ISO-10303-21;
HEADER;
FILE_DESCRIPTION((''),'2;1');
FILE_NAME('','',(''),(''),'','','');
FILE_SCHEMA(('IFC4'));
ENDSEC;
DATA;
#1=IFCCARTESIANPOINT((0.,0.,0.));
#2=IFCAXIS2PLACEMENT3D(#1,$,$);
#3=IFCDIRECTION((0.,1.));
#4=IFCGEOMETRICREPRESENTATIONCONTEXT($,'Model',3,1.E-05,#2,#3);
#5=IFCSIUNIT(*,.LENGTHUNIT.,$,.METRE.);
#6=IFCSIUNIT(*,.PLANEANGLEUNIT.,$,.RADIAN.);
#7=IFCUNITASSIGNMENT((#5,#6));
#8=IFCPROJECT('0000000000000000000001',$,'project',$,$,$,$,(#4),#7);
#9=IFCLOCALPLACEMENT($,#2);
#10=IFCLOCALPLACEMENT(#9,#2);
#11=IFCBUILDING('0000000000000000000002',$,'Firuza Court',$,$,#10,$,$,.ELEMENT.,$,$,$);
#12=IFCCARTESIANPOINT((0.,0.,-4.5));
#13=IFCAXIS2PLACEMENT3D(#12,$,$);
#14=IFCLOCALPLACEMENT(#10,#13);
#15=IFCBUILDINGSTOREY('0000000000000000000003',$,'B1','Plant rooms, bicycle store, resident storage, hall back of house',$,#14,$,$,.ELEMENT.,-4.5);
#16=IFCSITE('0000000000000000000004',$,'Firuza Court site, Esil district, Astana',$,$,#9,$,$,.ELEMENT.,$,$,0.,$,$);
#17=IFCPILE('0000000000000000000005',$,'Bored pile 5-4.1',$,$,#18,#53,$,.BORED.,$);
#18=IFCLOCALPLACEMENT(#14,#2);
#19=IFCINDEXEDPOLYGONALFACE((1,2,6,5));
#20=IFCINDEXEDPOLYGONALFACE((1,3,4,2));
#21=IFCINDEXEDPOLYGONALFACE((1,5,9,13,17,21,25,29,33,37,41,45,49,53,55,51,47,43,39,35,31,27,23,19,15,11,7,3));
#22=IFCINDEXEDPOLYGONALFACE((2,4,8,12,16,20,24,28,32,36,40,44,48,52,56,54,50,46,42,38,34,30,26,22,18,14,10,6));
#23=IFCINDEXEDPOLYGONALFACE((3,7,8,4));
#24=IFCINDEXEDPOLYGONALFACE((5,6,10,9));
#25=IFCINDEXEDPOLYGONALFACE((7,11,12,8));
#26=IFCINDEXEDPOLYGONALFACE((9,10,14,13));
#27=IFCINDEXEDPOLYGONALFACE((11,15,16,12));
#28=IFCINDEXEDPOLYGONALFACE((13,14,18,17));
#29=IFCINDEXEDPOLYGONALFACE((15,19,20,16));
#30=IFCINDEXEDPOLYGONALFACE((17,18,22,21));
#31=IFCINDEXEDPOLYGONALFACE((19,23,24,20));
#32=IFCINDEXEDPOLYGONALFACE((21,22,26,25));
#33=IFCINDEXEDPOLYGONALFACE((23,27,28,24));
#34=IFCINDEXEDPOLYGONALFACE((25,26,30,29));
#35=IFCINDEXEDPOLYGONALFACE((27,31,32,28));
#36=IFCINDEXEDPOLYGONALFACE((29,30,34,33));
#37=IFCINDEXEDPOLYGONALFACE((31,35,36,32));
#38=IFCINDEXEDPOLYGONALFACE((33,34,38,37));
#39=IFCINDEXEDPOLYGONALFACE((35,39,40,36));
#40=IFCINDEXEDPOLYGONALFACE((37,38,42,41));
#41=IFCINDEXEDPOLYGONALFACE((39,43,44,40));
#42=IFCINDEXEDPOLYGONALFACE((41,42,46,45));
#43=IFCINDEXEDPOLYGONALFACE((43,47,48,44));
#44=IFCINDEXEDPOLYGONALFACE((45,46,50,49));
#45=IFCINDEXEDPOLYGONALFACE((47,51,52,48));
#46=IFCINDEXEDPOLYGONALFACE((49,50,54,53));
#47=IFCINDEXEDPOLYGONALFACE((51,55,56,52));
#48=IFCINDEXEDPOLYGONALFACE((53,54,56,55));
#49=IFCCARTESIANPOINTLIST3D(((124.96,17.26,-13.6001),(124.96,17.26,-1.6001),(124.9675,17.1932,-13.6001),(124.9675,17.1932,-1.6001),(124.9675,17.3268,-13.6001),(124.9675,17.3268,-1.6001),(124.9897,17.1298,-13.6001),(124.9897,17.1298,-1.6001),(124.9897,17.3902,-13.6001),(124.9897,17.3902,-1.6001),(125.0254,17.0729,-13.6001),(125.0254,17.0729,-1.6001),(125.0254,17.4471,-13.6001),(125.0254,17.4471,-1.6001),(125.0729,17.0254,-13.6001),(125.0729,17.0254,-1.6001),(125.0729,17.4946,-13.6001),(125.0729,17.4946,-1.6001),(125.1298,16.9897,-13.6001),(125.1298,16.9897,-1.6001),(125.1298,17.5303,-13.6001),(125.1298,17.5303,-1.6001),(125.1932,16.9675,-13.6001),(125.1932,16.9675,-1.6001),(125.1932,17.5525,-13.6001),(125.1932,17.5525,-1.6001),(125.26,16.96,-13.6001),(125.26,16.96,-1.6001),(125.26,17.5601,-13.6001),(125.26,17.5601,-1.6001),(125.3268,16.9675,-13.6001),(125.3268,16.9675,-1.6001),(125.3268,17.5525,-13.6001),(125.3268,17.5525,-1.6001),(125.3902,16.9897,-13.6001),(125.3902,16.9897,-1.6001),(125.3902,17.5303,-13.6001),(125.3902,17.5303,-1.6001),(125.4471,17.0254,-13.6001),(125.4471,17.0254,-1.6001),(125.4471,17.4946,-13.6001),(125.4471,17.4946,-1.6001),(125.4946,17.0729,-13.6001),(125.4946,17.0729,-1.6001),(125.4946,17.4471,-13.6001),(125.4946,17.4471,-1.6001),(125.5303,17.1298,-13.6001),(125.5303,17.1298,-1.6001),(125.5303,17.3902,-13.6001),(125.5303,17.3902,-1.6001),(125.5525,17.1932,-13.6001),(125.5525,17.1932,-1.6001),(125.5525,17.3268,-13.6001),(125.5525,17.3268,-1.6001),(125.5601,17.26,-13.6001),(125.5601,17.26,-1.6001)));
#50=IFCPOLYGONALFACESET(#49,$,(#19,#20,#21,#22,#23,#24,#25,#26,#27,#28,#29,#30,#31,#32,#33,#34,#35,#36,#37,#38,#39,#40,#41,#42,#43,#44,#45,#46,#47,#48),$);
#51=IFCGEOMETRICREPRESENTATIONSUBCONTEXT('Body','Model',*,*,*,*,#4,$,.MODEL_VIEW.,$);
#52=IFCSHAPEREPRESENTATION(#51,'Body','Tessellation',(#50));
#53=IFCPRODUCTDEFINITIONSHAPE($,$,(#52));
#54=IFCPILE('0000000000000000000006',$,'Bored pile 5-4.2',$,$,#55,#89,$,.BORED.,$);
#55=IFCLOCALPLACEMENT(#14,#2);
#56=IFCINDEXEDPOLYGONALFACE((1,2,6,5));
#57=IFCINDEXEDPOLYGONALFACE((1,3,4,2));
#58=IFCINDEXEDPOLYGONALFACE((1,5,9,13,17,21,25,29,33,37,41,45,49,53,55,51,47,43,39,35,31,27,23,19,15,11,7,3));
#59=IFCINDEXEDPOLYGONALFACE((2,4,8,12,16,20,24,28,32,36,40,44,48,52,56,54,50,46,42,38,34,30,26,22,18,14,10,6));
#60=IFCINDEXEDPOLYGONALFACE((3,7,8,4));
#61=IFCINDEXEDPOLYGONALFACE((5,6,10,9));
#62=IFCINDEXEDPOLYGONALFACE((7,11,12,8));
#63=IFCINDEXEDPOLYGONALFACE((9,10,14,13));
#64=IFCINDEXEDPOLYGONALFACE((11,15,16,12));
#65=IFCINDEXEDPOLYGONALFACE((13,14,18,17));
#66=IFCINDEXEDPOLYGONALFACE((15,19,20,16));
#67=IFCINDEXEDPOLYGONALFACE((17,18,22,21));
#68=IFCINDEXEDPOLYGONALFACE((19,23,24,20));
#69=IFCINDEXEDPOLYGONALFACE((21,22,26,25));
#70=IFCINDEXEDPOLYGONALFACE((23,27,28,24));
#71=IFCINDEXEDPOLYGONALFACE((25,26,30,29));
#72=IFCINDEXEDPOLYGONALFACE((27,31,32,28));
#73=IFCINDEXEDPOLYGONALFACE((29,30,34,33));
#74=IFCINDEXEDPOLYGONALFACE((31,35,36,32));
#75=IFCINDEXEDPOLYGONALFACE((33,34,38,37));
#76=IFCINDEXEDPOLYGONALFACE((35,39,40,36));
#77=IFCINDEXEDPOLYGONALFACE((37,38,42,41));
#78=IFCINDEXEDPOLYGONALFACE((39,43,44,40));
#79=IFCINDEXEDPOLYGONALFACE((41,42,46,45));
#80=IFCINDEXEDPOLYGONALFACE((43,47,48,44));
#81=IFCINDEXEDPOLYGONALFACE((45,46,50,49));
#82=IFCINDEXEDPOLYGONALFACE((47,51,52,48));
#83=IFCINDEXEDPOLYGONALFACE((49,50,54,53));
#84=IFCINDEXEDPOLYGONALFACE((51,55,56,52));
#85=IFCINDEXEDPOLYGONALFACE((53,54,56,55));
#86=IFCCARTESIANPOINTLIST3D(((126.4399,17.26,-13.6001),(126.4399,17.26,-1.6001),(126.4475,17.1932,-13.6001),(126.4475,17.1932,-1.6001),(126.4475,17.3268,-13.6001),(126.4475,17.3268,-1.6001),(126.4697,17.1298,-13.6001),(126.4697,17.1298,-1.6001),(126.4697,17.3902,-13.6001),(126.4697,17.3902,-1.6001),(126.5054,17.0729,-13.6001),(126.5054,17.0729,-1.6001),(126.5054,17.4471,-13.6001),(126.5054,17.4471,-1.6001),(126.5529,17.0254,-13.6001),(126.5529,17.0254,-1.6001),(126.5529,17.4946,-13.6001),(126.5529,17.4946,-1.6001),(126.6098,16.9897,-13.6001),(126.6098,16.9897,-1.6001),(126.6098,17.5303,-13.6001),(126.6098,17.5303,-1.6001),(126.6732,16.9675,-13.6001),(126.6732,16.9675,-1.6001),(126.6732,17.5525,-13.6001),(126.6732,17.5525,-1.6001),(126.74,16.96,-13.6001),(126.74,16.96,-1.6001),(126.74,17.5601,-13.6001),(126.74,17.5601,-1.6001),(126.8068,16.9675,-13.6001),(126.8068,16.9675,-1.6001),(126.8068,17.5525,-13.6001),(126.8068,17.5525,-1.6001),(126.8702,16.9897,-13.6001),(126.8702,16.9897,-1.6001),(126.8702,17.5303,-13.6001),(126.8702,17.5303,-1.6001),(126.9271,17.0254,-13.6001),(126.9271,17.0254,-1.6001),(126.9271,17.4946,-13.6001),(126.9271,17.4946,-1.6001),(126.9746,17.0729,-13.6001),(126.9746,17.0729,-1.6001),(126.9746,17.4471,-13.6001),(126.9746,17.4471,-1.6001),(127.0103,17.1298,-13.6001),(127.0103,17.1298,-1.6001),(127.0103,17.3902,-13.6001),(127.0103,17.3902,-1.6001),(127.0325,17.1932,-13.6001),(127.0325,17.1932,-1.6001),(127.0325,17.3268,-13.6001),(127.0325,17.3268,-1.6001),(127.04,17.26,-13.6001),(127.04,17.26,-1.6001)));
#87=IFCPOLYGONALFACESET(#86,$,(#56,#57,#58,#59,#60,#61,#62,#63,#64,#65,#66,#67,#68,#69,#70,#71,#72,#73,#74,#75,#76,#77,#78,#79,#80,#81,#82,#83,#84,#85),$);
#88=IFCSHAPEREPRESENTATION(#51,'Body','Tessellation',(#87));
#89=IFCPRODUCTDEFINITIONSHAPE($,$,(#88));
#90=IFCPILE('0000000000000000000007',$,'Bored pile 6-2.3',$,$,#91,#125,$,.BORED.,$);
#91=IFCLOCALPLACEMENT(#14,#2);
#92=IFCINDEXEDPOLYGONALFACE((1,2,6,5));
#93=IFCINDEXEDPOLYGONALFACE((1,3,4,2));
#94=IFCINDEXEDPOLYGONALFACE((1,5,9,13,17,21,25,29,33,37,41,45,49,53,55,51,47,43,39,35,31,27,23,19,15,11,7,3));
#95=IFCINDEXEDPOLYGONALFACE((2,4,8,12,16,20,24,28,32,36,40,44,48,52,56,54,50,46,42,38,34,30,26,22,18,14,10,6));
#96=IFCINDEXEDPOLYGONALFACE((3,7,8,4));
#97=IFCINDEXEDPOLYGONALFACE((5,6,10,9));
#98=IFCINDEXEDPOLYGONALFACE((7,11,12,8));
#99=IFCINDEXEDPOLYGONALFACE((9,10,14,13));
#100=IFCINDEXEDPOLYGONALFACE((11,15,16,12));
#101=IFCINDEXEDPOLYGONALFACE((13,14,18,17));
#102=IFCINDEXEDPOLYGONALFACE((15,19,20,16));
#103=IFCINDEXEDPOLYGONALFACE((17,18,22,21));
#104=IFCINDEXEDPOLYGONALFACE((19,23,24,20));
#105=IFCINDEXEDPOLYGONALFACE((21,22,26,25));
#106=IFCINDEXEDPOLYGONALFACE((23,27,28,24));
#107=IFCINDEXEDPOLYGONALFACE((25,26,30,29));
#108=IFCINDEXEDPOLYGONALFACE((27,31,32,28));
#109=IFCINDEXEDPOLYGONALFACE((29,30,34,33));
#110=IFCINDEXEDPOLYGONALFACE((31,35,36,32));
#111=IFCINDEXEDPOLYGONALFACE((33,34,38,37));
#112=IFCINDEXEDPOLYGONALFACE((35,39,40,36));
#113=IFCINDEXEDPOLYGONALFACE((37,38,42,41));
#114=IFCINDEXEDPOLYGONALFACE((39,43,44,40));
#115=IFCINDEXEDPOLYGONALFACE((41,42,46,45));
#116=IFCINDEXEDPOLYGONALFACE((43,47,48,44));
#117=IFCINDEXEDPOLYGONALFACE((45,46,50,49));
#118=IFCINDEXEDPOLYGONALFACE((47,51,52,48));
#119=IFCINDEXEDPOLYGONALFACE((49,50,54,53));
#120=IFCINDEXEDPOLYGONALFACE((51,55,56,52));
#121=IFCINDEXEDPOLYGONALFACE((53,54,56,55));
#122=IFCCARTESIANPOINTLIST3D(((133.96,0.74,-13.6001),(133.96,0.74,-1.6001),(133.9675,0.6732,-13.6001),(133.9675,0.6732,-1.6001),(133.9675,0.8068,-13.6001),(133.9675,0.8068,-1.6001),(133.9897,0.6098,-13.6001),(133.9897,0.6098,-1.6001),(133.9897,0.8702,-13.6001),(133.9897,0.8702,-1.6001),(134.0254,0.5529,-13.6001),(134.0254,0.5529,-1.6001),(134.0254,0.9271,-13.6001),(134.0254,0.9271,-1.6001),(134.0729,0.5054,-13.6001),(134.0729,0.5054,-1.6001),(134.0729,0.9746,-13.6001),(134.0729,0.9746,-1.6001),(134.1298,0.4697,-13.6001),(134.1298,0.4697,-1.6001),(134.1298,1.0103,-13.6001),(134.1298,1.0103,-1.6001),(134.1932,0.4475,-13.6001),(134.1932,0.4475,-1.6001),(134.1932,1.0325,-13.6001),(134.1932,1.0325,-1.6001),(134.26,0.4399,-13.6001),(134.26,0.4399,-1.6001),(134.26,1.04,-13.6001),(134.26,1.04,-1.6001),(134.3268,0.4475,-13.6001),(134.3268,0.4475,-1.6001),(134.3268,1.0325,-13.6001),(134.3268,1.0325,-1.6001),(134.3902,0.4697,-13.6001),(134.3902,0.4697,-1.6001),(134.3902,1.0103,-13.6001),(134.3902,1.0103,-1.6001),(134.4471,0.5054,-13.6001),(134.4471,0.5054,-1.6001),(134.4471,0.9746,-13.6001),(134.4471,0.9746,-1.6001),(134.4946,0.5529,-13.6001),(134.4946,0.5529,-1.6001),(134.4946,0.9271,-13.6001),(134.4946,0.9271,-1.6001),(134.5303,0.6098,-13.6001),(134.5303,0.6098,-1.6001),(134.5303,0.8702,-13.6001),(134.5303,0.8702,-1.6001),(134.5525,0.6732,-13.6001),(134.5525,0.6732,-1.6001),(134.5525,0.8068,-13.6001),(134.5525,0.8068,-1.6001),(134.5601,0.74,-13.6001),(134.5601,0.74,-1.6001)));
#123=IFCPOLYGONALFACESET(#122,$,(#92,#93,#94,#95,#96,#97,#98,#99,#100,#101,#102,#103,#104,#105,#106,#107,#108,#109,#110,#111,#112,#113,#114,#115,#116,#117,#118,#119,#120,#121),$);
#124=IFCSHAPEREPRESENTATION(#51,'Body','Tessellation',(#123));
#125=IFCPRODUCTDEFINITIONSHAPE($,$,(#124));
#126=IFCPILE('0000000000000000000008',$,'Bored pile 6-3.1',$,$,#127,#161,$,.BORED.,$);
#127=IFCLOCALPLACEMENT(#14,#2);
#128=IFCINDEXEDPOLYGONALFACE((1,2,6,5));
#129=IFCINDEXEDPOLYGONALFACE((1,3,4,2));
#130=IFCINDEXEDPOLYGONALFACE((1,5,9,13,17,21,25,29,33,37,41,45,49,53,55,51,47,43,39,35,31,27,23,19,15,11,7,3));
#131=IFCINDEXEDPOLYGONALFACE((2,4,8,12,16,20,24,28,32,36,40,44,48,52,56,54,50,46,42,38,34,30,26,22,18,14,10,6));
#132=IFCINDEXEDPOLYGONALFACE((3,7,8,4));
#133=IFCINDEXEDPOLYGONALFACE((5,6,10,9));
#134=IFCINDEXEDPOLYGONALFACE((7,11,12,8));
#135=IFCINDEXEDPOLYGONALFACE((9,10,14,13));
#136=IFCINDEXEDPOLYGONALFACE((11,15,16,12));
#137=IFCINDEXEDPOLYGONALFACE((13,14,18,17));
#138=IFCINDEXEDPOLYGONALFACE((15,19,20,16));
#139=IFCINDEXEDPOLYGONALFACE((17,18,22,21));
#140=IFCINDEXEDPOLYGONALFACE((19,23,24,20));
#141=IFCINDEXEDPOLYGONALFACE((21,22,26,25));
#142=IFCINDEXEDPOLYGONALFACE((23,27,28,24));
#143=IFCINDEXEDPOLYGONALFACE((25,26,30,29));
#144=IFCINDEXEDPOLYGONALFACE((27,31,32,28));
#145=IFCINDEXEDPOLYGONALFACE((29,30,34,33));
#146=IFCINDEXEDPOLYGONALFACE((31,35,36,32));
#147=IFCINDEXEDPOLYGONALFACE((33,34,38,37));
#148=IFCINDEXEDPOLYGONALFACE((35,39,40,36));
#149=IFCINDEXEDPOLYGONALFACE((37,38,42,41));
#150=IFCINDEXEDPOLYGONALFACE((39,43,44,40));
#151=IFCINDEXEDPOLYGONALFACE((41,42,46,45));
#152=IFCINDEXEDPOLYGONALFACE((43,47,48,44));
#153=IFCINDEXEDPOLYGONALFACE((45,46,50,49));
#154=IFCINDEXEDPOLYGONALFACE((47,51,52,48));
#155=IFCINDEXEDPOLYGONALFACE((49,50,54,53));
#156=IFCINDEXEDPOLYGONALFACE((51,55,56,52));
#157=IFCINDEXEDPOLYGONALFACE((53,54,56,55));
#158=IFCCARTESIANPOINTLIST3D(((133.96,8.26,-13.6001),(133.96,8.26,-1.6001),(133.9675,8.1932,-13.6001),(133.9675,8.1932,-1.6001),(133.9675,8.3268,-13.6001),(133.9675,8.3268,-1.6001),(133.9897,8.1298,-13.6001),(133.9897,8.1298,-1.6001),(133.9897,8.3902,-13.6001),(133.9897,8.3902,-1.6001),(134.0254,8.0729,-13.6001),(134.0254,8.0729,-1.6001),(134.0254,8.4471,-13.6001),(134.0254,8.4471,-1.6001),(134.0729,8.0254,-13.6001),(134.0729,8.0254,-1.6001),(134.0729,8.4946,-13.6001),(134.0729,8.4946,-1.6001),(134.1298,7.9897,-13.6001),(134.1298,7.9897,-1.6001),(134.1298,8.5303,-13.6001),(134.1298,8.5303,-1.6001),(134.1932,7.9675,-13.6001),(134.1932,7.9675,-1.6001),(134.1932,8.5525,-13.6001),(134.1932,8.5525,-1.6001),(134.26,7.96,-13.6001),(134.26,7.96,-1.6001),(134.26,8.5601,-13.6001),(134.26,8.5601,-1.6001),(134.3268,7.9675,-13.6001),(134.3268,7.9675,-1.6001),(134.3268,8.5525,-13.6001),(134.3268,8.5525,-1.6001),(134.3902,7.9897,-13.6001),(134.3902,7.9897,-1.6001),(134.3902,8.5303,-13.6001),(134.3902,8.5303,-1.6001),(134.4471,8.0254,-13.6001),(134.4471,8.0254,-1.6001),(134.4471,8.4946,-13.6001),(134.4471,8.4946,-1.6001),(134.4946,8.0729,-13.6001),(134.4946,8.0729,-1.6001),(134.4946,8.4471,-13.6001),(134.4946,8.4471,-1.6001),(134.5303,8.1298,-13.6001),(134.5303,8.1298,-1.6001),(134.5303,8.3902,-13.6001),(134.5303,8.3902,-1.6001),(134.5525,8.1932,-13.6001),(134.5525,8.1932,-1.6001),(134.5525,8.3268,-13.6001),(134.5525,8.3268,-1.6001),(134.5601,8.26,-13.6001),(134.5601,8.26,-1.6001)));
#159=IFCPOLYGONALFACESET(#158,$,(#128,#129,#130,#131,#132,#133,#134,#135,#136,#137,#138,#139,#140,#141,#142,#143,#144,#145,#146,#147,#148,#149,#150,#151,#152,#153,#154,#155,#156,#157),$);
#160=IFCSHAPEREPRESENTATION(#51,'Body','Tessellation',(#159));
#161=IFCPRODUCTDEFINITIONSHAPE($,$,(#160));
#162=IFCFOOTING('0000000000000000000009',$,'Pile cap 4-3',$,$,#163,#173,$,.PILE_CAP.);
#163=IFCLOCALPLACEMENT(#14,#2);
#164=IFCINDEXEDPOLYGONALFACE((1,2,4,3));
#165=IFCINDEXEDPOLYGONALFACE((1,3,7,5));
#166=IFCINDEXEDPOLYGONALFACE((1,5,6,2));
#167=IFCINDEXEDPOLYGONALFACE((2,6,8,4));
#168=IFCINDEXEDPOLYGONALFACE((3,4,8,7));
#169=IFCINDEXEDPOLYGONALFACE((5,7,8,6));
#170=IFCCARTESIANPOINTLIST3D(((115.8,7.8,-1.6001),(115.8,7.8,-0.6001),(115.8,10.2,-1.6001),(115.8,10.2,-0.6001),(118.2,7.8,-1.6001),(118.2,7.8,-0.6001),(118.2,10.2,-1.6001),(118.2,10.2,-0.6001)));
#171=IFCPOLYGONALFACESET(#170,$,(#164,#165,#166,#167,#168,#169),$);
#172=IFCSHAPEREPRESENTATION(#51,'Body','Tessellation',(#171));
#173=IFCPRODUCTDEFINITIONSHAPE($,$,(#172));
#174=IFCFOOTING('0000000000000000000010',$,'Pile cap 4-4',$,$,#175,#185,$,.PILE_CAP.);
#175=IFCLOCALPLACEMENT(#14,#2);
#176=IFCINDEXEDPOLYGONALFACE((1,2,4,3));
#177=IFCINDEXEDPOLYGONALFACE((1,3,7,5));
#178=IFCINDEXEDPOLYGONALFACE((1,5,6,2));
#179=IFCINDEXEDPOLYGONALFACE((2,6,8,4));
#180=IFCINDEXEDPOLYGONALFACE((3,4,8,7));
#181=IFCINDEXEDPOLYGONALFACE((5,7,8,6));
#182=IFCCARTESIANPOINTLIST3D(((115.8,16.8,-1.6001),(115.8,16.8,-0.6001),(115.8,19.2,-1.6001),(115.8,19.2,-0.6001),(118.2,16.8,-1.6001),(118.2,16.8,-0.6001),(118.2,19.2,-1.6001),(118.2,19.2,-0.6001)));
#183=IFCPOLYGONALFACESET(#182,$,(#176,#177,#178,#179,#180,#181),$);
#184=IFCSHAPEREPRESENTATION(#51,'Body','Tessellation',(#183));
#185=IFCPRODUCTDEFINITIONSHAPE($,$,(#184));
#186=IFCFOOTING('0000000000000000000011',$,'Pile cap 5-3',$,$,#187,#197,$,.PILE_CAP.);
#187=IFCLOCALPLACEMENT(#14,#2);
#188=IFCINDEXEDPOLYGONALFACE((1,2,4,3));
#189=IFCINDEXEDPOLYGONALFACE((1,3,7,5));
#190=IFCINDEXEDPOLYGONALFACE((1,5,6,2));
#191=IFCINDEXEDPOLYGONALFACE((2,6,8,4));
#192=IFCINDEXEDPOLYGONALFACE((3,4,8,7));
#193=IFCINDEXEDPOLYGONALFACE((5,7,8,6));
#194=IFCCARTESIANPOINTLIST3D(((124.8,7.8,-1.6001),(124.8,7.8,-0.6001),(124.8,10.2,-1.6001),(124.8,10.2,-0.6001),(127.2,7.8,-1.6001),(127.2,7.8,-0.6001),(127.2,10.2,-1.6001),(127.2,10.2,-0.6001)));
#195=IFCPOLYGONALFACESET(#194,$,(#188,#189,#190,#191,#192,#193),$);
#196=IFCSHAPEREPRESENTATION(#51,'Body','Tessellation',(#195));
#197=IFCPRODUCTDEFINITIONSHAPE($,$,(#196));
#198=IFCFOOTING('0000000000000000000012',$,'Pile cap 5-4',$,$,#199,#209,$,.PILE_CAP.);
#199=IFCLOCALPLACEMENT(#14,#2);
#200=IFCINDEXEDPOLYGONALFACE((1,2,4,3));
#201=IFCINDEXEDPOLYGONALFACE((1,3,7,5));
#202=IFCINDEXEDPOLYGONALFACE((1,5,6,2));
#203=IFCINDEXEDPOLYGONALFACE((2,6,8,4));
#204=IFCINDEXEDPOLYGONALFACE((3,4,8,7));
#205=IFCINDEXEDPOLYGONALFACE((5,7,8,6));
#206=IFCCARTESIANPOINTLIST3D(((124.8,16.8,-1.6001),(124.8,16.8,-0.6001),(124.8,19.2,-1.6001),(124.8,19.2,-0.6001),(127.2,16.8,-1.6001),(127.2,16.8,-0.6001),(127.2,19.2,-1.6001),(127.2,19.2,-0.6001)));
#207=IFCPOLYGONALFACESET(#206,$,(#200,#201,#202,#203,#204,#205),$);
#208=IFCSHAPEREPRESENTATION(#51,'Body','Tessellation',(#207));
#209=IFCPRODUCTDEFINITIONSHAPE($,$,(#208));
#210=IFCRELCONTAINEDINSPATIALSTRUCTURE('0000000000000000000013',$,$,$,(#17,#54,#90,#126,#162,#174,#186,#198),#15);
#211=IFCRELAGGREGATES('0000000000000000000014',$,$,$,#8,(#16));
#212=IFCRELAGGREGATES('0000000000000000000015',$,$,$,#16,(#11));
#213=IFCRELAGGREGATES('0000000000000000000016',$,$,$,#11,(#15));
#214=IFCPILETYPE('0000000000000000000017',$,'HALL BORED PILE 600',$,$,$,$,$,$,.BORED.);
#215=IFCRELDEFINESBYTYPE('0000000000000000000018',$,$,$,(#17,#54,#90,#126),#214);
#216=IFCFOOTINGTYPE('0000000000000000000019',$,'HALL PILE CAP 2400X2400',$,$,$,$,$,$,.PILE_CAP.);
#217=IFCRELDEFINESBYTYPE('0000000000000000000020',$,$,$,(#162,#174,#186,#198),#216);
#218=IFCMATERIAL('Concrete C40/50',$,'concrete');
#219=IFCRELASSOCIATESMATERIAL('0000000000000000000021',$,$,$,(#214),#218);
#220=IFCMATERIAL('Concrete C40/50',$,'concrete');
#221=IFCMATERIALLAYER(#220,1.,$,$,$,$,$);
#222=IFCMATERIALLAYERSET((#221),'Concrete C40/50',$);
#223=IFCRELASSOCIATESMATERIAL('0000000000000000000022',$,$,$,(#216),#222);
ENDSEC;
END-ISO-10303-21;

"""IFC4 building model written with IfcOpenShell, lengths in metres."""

from ifc_helpers import new_model, si_unit, direction, frame, origin, origin_2d, place, context, subcontext, project, spatial, rectangle, circle, extrude, material, layer, layer_set, material_profile, profile_set, type_object, element, save


model = new_model("IFC4")

# Units and contexts
model_context = context("Model", 3, precision=1e-05, world=origin(), true_north=direction((0.0, 1.0)))
body_context = subcontext(model_context, "Body", "Model", "MODEL_VIEW")
ifc_project = project(units=[si_unit("LENGTHUNIT", "METRE"), si_unit("PLANEANGLEUNIT", "RADIAN")], contexts=[model_context])

# Site, building, storey
site_placement = place(None, origin())
site = spatial("IfcSite", under=ifc_project, at=site_placement, Name="Firuza Court site, Esil district, Astana", CompositionType="ELEMENT", RefElevation=0.0)
building_placement = place(site_placement, origin())
building = spatial("IfcBuilding", under=site, at=building_placement, Name="Firuza Court", CompositionType="ELEMENT")
storey_placement = place(building_placement, frame((0.0, 0.0, -4.5)))
storey = spatial("IfcBuildingStorey", under=building, at=storey_placement, Name="B1", Description="Plant rooms, bicycle store, resident storage, hall back of house", CompositionType="ELEMENT", Elevation=-4.5)

# Piles
ifc_material_1 = material(Name="Concrete C40/50", Category="concrete")
ifc_material_profile_1 = material_profile(ifc_material_1, circle(Radius=0.3, at=origin_2d()), Name="PILE 600")
ifc_profile_set_1 = profile_set([ifc_material_profile_1], Name="Concrete C40/50")
pile_type = type_object("IfcPileType", Name="HALL BORED PILE 600", PredefinedType="BORED", material=ifc_profile_set_1)
for number, where, z_axis, x_axis, name in (
    (1, (125.26, 17.26, -1.6001), (0.0, 0.0, -1.0), (1.0, 0.0, 0.0), "Bored pile 5-4.1"),
    (2, (126.74, 17.26, -1.6001), (0.0, 0.0, -1.0), (1.0, 0.0, 0.0), "Bored pile 5-4.2"),
    (3, (134.26, 0.74, -1.6001), (0.0, 0.0, -1.0), (1.0, 0.0, 0.0), "Bored pile 6-2.3"),
    (4, (134.26, 8.26, -1.6001), (0.0, 0.0, -1.0), (1.0, 0.0, 0.0), "Bored pile 6-3.1"),
):
    element("IfcPile", number, at=place(storey_placement, frame(where, z_axis=z_axis, x_axis=x_axis)), inside=storey, type_object=pile_type, Name=name, PredefinedType="BORED", context=body_context, shape_type="SweptSolid", body=[
        extrude(circle(Radius=0.3, at=origin_2d()), origin(), (0.0, 0.0, 1.0), 12.0),
    ])

# Footings
ifc_material_2 = material(Name="Concrete C40/50", Category="concrete")
ifc_layer = layer(ifc_material_2, 1.0)
ifc_layer_set = layer_set([ifc_layer], Name="Concrete C40/50")
footing_type = type_object("IfcFootingType", Name="HALL PILE CAP 2400X2400", PredefinedType="PILE_CAP", material=ifc_layer_set)
for number, where, z_axis, x_axis, name in (
    (5, (117.0, 9.0, -1.6001), (0.0, 0.0, 1.0), (1.0, 0.0, 0.0), "Pile cap 4-3"),
    (6, (117.0, 18.0, -1.6001), (0.0, 0.0, 1.0), (1.0, 0.0, 0.0), "Pile cap 4-4"),
    (7, (126.0, 9.0, -1.6001), (0.0, 0.0, 1.0), (1.0, 0.0, 0.0), "Pile cap 5-3"),
    (8, (126.0, 18.0, -1.6001), (0.0, 0.0, 1.0), (1.0, 0.0, 0.0), "Pile cap 5-4"),
):
    element("IfcFooting", number, at=place(storey_placement, frame(where, z_axis=z_axis, x_axis=x_axis)), inside=storey, type_object=footing_type, Name=name, PredefinedType="PILE_CAP", context=body_context, shape_type="SweptSolid", body=[
        extrude(rectangle(XDim=2.3999, YDim=2.3999, at=origin_2d()), origin(), (0.0, 0.0, 1.0), 1.0),
    ])

save(model, "model.ifc")
